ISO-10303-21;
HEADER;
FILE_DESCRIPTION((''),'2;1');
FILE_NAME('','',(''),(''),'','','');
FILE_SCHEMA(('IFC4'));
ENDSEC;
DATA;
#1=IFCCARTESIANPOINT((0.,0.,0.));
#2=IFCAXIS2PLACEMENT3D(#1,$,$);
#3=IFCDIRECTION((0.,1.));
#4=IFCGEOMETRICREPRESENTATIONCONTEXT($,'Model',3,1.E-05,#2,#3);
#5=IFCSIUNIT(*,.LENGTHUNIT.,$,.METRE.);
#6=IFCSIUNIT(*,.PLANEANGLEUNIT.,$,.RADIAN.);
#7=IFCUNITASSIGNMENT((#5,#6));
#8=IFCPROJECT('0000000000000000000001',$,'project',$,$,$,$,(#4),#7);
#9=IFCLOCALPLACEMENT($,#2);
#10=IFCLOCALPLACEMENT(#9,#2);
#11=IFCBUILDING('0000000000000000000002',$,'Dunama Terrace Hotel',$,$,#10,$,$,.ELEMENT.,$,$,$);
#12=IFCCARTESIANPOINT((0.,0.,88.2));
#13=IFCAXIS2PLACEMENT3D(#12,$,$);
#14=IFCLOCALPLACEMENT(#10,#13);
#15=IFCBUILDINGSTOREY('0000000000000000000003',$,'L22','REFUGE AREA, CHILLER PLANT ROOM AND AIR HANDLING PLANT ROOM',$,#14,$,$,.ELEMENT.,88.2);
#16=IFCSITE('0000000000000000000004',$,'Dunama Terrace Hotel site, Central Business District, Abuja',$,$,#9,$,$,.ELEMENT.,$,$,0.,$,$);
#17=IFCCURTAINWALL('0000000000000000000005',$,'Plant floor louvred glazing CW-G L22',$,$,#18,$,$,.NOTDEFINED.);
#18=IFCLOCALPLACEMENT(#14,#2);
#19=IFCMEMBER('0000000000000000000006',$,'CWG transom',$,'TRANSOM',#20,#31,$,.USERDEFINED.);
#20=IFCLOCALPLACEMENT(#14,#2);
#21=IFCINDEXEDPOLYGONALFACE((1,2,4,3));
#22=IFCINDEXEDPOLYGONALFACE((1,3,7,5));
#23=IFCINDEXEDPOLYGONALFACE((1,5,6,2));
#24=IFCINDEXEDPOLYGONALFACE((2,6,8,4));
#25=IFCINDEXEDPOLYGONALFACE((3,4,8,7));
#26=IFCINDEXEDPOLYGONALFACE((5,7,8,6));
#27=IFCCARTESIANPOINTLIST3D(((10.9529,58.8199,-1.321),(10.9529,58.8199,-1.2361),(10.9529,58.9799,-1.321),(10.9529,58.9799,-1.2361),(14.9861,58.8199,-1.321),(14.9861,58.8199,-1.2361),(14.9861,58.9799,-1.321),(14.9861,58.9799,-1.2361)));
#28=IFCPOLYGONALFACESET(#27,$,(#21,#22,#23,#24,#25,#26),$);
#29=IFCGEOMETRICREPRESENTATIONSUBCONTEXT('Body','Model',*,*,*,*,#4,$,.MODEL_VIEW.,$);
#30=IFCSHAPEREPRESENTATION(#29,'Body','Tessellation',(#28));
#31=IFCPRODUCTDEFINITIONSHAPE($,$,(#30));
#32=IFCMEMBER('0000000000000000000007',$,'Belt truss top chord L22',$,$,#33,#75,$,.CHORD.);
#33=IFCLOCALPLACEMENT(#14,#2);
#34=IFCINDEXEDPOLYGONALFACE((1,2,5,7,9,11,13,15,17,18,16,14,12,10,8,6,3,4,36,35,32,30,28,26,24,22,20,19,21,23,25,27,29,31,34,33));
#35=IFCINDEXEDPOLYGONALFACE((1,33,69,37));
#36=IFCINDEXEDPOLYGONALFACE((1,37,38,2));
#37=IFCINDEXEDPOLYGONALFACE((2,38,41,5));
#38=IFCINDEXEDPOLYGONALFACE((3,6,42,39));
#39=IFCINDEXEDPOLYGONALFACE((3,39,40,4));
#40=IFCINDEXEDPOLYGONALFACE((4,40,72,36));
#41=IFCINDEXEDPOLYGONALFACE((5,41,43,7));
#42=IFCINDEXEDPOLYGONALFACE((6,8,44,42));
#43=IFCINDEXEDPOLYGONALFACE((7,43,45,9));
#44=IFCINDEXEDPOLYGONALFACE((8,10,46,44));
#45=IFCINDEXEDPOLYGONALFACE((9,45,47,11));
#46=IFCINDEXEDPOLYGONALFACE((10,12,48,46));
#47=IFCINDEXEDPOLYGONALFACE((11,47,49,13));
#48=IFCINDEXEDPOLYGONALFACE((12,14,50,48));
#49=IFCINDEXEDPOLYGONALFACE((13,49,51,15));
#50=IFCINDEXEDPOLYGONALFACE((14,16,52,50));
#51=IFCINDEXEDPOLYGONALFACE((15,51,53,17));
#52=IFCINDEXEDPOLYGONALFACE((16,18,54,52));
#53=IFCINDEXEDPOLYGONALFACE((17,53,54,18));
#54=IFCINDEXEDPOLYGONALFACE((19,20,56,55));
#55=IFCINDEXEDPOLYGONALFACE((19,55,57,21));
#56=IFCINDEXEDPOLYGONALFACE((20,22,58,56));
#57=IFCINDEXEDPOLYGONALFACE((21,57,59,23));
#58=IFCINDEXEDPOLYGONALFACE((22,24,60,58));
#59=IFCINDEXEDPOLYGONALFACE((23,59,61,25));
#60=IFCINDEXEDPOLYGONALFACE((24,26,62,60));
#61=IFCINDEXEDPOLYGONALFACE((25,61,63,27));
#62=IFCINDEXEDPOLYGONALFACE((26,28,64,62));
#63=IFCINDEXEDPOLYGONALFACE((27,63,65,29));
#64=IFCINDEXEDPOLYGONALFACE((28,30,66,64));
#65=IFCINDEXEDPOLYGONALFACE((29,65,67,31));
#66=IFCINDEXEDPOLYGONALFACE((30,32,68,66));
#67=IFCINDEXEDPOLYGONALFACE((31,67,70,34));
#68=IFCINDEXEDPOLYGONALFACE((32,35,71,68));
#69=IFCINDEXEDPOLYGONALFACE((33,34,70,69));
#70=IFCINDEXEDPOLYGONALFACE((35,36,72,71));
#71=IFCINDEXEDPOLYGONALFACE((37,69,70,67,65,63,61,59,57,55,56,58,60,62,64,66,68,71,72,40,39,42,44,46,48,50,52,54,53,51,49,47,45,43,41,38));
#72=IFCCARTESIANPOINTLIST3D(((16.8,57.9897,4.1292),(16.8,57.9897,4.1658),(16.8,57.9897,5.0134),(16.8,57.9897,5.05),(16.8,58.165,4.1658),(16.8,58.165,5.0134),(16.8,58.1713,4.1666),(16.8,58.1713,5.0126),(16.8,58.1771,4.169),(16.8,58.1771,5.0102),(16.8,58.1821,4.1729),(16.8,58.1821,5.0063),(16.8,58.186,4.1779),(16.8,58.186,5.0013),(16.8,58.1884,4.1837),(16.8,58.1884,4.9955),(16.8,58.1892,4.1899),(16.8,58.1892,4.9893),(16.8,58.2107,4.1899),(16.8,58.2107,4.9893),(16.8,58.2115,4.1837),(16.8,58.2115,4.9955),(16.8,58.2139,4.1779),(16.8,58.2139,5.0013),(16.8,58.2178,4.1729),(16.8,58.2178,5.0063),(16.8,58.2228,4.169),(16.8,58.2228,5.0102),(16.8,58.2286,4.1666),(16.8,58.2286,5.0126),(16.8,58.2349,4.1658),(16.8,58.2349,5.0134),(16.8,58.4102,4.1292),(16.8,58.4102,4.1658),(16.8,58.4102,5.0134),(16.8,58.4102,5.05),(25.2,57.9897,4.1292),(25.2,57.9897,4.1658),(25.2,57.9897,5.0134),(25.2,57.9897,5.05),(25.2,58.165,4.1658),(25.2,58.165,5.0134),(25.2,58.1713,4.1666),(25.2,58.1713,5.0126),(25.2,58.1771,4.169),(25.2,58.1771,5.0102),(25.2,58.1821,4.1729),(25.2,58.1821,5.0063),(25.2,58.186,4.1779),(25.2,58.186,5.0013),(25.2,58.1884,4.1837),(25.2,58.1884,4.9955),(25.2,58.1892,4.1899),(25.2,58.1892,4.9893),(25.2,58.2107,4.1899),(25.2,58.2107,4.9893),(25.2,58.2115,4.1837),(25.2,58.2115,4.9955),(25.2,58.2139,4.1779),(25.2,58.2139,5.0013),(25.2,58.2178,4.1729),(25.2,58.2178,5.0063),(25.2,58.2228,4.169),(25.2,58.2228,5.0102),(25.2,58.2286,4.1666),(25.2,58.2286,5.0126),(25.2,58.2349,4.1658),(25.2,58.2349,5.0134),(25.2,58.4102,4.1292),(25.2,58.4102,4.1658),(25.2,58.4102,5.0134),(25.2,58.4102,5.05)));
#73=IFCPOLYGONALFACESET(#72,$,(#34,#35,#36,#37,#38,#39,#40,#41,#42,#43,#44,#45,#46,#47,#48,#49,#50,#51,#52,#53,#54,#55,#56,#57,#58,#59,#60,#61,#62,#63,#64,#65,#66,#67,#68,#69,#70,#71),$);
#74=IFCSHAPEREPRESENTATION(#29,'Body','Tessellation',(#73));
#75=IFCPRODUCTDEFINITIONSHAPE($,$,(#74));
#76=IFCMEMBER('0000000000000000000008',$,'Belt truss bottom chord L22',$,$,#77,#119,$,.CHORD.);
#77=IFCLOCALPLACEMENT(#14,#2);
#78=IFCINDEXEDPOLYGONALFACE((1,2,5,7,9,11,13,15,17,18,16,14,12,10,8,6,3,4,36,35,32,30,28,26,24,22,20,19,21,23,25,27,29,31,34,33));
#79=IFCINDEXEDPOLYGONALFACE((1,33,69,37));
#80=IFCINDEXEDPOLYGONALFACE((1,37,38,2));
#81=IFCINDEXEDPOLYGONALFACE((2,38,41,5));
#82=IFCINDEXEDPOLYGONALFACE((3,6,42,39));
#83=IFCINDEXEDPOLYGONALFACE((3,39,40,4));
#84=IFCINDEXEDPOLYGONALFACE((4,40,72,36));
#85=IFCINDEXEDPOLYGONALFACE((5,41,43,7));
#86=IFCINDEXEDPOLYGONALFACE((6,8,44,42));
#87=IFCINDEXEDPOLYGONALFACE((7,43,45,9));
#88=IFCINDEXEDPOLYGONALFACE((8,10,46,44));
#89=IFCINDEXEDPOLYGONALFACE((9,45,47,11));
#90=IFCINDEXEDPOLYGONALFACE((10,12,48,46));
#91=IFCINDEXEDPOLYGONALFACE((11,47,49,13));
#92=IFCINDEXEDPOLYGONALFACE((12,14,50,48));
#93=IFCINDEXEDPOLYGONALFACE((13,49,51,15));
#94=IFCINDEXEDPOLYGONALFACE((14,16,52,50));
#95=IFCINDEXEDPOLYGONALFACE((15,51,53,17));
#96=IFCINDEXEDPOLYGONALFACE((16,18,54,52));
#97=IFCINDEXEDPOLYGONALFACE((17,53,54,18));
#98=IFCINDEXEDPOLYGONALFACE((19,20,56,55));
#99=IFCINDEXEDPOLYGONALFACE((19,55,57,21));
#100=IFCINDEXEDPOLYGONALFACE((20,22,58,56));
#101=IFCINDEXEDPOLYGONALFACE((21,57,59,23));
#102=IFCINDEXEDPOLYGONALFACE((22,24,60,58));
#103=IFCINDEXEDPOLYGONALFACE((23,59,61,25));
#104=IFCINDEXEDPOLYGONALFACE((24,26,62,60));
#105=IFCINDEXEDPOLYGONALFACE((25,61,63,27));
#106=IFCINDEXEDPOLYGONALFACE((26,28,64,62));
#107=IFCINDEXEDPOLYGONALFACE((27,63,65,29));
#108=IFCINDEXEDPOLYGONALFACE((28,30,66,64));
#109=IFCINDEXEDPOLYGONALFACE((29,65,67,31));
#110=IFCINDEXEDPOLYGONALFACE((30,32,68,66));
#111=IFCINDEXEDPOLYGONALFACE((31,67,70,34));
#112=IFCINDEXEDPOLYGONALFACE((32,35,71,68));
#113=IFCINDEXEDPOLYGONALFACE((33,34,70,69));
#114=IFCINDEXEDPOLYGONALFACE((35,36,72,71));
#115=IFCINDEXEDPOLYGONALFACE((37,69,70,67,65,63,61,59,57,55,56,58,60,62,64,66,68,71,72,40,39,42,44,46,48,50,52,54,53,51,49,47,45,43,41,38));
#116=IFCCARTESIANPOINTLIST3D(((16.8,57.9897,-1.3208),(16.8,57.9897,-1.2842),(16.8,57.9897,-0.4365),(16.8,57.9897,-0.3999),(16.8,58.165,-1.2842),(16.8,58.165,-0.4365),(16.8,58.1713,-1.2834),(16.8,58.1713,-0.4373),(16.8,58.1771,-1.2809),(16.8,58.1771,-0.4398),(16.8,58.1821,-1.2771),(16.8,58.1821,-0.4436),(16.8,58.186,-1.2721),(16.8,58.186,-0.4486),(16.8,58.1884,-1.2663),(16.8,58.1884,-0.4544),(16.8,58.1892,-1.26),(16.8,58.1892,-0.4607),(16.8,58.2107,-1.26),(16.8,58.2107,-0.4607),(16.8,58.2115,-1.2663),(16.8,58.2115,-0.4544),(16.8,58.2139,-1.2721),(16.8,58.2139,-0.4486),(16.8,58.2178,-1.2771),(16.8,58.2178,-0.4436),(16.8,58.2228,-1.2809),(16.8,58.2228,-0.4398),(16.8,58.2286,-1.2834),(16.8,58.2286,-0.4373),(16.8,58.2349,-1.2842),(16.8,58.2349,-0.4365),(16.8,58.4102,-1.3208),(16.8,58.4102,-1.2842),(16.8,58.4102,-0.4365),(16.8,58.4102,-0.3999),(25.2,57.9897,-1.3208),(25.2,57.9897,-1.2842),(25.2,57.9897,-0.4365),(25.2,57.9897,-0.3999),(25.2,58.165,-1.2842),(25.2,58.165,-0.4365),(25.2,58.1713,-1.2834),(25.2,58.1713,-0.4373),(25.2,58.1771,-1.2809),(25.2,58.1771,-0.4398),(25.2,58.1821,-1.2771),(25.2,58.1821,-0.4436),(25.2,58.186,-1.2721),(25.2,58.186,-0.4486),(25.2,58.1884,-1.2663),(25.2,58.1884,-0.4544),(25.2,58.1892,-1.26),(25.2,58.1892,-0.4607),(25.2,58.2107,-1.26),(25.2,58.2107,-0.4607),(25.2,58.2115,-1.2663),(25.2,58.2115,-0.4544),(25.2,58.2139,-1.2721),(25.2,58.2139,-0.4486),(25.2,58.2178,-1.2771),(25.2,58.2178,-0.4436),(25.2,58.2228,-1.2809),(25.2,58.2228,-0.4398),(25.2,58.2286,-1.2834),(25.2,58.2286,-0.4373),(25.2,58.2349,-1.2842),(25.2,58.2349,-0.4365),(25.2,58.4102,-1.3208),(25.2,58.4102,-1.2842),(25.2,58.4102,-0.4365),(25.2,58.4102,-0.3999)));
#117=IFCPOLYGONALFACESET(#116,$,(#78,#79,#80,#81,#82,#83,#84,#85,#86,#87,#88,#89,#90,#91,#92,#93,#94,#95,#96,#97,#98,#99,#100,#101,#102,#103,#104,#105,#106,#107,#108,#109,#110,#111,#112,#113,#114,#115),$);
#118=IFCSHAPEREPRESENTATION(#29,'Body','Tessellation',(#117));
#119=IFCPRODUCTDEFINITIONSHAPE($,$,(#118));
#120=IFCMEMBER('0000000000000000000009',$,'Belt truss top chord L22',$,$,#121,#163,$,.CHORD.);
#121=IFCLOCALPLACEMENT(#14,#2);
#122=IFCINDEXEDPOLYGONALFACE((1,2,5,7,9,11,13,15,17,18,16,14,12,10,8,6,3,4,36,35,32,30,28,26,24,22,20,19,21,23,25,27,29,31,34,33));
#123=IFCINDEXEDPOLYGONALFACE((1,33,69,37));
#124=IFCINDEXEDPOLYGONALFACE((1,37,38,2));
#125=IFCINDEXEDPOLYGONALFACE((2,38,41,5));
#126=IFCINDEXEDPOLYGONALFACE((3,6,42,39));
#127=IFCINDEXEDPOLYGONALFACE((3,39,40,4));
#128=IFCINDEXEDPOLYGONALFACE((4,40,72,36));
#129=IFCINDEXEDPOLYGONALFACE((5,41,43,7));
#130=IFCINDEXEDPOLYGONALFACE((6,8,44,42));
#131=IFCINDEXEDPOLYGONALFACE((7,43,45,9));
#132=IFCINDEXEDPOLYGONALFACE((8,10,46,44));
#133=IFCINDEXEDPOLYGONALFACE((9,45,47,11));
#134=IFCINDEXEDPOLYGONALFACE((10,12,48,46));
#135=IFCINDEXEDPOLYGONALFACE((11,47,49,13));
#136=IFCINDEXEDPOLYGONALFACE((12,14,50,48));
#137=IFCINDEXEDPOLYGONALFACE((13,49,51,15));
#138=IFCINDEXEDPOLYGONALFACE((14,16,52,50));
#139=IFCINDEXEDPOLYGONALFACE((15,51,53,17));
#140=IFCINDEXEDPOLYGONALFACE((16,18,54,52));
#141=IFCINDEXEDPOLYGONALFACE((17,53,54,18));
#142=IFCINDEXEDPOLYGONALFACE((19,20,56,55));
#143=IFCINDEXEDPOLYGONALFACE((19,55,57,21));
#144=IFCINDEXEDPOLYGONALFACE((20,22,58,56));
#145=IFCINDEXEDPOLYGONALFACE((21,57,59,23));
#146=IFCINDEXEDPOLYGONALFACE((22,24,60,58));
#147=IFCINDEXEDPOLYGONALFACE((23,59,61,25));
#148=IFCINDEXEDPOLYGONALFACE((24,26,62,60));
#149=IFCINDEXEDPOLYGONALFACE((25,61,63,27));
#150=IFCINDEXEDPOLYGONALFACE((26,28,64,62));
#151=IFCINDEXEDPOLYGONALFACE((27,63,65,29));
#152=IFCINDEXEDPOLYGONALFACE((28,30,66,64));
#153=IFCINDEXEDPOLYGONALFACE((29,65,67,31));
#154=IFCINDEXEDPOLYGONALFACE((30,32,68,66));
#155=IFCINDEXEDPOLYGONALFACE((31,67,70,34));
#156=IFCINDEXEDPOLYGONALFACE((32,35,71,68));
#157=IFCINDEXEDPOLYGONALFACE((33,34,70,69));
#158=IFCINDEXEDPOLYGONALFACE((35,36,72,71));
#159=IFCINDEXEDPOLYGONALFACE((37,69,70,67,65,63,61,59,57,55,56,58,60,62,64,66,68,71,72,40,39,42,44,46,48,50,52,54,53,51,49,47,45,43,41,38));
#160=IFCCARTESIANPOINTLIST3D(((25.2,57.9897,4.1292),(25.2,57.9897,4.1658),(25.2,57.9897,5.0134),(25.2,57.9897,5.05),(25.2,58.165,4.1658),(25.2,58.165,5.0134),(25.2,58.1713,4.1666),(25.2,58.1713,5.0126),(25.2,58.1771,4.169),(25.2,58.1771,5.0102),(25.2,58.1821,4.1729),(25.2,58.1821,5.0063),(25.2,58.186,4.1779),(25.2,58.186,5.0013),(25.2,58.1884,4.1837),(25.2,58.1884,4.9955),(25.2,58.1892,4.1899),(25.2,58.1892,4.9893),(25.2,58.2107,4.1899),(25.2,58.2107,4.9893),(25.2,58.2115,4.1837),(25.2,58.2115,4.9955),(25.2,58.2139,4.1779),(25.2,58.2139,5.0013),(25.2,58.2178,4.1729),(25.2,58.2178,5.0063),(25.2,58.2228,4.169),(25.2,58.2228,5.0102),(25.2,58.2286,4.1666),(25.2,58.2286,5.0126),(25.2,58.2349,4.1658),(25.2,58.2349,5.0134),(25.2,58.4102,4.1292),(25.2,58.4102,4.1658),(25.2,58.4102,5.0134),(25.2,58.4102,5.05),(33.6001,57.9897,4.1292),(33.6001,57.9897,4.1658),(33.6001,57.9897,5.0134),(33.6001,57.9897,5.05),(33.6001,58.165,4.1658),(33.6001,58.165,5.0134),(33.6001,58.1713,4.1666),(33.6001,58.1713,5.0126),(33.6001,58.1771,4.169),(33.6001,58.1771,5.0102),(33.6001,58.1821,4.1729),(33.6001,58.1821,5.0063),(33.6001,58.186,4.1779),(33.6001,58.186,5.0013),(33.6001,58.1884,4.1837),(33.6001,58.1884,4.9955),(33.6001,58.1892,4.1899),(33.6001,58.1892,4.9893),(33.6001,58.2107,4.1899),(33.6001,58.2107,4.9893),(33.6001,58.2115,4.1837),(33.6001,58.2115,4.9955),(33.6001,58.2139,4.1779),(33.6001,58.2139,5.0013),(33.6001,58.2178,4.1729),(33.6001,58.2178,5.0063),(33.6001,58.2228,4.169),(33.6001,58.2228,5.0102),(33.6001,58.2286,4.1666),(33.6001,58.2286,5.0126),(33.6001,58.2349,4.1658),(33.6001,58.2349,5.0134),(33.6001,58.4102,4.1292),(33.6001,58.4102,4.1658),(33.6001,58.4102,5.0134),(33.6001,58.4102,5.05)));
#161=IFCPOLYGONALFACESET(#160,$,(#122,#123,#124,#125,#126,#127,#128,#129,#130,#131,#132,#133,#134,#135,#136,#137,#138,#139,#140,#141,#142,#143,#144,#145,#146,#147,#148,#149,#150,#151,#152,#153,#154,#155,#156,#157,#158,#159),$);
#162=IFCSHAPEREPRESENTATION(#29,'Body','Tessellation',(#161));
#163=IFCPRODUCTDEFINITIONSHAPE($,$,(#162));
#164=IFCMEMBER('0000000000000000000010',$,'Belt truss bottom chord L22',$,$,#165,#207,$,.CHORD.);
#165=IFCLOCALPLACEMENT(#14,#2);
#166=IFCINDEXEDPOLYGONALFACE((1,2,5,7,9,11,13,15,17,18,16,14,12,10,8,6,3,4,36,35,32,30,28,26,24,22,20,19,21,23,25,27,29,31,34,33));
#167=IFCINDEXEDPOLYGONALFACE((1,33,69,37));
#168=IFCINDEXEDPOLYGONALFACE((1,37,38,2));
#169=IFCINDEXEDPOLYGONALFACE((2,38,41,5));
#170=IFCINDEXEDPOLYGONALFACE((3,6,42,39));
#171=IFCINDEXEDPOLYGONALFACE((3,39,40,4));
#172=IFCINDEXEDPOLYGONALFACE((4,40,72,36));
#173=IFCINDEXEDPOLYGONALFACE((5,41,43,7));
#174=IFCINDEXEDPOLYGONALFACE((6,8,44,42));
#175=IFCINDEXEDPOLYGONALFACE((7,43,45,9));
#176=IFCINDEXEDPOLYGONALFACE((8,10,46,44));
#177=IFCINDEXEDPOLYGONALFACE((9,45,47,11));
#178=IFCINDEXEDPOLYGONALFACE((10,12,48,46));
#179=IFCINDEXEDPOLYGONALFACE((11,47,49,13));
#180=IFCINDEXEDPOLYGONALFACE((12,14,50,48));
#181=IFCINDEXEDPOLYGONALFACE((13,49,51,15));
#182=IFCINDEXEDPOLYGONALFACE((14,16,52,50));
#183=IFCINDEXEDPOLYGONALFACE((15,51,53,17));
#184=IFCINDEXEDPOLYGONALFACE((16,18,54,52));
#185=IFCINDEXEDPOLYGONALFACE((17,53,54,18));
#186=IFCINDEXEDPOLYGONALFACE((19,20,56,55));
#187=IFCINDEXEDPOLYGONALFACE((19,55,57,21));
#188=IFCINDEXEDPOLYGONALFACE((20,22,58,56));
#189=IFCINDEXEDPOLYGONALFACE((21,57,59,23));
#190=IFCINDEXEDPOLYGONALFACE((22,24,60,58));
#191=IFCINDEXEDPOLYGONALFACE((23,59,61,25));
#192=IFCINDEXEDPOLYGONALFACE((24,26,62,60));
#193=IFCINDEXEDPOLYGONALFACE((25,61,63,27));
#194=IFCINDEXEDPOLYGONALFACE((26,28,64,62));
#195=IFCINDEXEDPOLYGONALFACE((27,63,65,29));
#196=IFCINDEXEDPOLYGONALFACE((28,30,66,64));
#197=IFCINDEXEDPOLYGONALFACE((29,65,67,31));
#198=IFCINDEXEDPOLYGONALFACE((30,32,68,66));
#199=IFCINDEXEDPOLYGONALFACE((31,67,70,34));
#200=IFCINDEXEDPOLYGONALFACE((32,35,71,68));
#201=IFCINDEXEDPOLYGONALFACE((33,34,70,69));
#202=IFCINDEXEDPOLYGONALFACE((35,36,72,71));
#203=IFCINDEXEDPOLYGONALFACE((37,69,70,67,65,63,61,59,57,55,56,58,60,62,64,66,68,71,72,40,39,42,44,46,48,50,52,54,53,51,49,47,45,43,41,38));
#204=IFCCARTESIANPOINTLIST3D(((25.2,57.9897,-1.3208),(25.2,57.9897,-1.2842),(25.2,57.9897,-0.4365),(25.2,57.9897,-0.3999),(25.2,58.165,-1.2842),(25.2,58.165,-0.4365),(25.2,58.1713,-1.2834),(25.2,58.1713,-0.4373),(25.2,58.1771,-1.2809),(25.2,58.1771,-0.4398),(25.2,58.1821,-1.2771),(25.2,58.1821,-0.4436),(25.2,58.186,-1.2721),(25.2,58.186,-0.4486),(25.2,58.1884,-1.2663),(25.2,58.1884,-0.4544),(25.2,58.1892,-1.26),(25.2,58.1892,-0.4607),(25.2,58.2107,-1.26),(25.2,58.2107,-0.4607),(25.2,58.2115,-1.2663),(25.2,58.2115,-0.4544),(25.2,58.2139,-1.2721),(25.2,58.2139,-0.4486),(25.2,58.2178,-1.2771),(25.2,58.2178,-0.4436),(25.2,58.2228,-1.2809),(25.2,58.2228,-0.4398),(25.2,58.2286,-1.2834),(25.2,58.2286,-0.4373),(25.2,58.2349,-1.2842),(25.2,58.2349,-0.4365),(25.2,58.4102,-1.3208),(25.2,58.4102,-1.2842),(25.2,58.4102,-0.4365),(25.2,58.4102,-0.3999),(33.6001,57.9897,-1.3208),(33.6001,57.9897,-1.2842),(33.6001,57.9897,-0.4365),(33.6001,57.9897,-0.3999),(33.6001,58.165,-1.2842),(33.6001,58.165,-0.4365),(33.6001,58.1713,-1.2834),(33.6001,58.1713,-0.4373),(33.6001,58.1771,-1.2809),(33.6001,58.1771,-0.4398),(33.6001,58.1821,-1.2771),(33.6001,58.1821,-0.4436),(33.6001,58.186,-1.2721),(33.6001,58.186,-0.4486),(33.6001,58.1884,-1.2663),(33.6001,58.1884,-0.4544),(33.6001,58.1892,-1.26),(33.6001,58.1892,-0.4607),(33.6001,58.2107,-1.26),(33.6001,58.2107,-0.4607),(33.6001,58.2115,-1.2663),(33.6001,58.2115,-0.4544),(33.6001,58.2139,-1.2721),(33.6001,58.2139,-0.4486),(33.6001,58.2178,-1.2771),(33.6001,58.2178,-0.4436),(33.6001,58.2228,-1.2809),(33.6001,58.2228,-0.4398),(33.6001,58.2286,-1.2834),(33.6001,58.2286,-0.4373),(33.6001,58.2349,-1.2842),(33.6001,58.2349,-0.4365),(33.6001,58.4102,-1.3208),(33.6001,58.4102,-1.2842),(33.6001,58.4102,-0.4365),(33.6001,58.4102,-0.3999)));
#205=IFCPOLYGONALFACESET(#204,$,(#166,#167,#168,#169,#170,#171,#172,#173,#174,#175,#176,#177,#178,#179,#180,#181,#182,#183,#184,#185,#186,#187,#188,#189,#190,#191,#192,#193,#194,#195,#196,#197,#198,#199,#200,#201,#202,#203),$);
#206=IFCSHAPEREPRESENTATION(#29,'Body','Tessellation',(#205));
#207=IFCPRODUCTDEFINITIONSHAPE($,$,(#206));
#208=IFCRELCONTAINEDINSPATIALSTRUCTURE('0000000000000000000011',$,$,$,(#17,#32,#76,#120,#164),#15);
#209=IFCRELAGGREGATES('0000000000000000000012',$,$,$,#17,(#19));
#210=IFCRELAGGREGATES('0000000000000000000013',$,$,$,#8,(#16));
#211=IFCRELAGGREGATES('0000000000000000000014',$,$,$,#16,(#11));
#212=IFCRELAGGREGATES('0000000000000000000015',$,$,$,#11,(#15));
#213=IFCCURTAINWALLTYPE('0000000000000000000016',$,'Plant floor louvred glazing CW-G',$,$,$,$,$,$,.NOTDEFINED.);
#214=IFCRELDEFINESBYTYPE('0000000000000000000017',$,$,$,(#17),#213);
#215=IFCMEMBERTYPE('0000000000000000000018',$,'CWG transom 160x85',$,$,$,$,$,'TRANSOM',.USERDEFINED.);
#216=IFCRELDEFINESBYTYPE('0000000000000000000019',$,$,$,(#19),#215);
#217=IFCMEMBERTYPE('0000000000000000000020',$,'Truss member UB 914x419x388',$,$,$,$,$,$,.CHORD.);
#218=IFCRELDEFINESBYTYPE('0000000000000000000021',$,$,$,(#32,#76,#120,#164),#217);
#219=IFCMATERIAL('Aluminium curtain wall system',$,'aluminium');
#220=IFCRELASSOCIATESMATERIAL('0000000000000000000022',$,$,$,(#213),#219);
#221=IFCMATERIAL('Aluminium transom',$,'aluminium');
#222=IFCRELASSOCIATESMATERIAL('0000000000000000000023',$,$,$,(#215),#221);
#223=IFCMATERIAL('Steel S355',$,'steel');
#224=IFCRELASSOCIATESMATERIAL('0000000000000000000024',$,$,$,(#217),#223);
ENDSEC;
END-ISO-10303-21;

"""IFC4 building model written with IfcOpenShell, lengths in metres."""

from ifc_helpers import new_model, si_unit, direction, frame, origin, origin_2d, place, context, subcontext, project, spatial, rectangle, i_section, extrude, material, material_profile, profile_set, type_object, element, aggregate, save


model = new_model("IFC4")

# Units and contexts
model_context = context("Model", 3, precision=1e-05, world=origin(), true_north=direction((0.0, 1.0)))
body_context = subcontext(model_context, "Body", "Model", "MODEL_VIEW")
ifc_project = project(units=[si_unit("LENGTHUNIT", "METRE"), si_unit("PLANEANGLEUNIT", "RADIAN")], contexts=[model_context])

# Site, building, storey
site_placement = place(None, origin())
site = spatial("IfcSite", under=ifc_project, at=site_placement, Name="Dunama Terrace Hotel site, Central Business District, Abuja", CompositionType="ELEMENT", RefElevation=0.0)
building_placement = place(site_placement, origin())
building = spatial("IfcBuilding", under=site, at=building_placement, Name="Dunama Terrace Hotel", CompositionType="ELEMENT")
storey_placement = place(building_placement, frame((0.0, 0.0, 88.2)))
storey = spatial("IfcBuildingStorey", under=building, at=storey_placement, Name="L22", Description="REFUGE AREA, CHILLER PLANT ROOM AND AIR HANDLING PLANT ROOM", CompositionType="ELEMENT", Elevation=88.2)

# Curtain wall, member
ifc_material_1 = material(Name="Aluminium curtain wall system", Category="aluminium")
curtain_wall_type = type_object("IfcCurtainWallType", Name="Plant floor louvred glazing CW-G", PredefinedType="NOTDEFINED", material=ifc_material_1)
curtain_wall_placement = place(storey_placement, origin())
curtain_wall = element("IfcCurtainWall", 1, at=curtain_wall_placement, inside=storey, type_object=curtain_wall_type, Name="Plant floor louvred glazing CW-G L22", PredefinedType="NOTDEFINED")
ifc_material_2 = material(Name="Aluminium transom", Category="aluminium")
ifc_material_profile_1 = material_profile(ifc_material_2, rectangle(XDim=0.1599, YDim=0.085, at=origin_2d()), Name="CWG TRANSOM 160X85")
ifc_profile_set_1 = profile_set([ifc_material_profile_1], Name="Aluminium transom")
member_type_1 = type_object("IfcMemberType", Name="CWG transom 160x85", ElementType="TRANSOM", PredefinedType="USERDEFINED", material=ifc_profile_set_1)
member_1_placement = place(storey_placement, frame((14.9861, 58.8999, -1.2786), z_axis=(-1.0, 0.0, 0.0), x_axis=(0.0, -1.0, 0.0)))
member_1 = element("IfcMember", 2, at=member_1_placement, type_object=member_type_1, Name="CWG transom", ObjectType="TRANSOM", PredefinedType="USERDEFINED", context=body_context, shape_type="SweptSolid", body=[
    extrude(rectangle(XDim=0.1599, YDim=0.085, at=origin_2d()), origin(), (0.0, 0.0, 1.0), 4.0332),
])

# Members
ifc_material_3 = material(Name="Steel S355", Category="steel")
ifc_material_profile_2 = material_profile(ifc_material_3, i_section(OverallWidth=0.4204, OverallDepth=0.9209, WebThickness=0.0215, FlangeThickness=0.0366, FilletRadius=0.0242, at=origin_2d()), Name="UB 914x419x388")
ifc_profile_set_2 = profile_set([ifc_material_profile_2], Name="Steel S355")
member_type_2 = type_object("IfcMemberType", Name="Truss member UB 914x419x388", PredefinedType="CHORD", material=ifc_profile_set_2)
for number, where, z_axis, x_axis, name in (
    (3, (16.8, 58.2, 4.5896), (1.0, 0.0, 0.0), (0.0, 1.0, 0.0), "Belt truss top chord L22"),
    (4, (16.8, 58.2, -0.8604), (1.0, 0.0, 0.0), (0.0, 1.0, 0.0), "Belt truss bottom chord L22"),
):
    element("IfcMember", number, at=place(storey_placement, frame(where, z_axis=z_axis, x_axis=x_axis)), inside=storey, type_object=member_type_2, Name=name, PredefinedType="CHORD", context=body_context, shape_type="SweptSolid", body=[
        extrude(i_section(OverallWidth=0.4204, OverallDepth=0.9209, WebThickness=0.0215, FlangeThickness=0.0366, FilletRadius=0.0242, at=origin_2d()), origin(), (0.0, 0.0, 1.0), 8.3999),
    ])
for number, where, z_axis, x_axis, name in (
    (5, (25.2, 58.2, 4.5896), (1.0, 0.0, 0.0), (0.0, 1.0, 0.0), "Belt truss top chord L22"),
    (6, (25.2, 58.2, -0.8604), (1.0, 0.0, 0.0), (0.0, 1.0, 0.0), "Belt truss bottom chord L22"),
):
    element("IfcMember", number, at=place(storey_placement, frame(where, z_axis=z_axis, x_axis=x_axis)), inside=storey, type_object=member_type_2, Name=name, PredefinedType="CHORD", context=body_context, shape_type="SweptSolid", body=[
        extrude(i_section(OverallWidth=0.4204, OverallDepth=0.9209, WebThickness=0.0215, FlangeThickness=0.0366, FilletRadius=0.0242, at=origin_2d()), origin(), (0.0, 0.0, 1.0), 8.4001),
    ])

aggregate(curtain_wall, [member_1])

save(model, "model.ifc")
